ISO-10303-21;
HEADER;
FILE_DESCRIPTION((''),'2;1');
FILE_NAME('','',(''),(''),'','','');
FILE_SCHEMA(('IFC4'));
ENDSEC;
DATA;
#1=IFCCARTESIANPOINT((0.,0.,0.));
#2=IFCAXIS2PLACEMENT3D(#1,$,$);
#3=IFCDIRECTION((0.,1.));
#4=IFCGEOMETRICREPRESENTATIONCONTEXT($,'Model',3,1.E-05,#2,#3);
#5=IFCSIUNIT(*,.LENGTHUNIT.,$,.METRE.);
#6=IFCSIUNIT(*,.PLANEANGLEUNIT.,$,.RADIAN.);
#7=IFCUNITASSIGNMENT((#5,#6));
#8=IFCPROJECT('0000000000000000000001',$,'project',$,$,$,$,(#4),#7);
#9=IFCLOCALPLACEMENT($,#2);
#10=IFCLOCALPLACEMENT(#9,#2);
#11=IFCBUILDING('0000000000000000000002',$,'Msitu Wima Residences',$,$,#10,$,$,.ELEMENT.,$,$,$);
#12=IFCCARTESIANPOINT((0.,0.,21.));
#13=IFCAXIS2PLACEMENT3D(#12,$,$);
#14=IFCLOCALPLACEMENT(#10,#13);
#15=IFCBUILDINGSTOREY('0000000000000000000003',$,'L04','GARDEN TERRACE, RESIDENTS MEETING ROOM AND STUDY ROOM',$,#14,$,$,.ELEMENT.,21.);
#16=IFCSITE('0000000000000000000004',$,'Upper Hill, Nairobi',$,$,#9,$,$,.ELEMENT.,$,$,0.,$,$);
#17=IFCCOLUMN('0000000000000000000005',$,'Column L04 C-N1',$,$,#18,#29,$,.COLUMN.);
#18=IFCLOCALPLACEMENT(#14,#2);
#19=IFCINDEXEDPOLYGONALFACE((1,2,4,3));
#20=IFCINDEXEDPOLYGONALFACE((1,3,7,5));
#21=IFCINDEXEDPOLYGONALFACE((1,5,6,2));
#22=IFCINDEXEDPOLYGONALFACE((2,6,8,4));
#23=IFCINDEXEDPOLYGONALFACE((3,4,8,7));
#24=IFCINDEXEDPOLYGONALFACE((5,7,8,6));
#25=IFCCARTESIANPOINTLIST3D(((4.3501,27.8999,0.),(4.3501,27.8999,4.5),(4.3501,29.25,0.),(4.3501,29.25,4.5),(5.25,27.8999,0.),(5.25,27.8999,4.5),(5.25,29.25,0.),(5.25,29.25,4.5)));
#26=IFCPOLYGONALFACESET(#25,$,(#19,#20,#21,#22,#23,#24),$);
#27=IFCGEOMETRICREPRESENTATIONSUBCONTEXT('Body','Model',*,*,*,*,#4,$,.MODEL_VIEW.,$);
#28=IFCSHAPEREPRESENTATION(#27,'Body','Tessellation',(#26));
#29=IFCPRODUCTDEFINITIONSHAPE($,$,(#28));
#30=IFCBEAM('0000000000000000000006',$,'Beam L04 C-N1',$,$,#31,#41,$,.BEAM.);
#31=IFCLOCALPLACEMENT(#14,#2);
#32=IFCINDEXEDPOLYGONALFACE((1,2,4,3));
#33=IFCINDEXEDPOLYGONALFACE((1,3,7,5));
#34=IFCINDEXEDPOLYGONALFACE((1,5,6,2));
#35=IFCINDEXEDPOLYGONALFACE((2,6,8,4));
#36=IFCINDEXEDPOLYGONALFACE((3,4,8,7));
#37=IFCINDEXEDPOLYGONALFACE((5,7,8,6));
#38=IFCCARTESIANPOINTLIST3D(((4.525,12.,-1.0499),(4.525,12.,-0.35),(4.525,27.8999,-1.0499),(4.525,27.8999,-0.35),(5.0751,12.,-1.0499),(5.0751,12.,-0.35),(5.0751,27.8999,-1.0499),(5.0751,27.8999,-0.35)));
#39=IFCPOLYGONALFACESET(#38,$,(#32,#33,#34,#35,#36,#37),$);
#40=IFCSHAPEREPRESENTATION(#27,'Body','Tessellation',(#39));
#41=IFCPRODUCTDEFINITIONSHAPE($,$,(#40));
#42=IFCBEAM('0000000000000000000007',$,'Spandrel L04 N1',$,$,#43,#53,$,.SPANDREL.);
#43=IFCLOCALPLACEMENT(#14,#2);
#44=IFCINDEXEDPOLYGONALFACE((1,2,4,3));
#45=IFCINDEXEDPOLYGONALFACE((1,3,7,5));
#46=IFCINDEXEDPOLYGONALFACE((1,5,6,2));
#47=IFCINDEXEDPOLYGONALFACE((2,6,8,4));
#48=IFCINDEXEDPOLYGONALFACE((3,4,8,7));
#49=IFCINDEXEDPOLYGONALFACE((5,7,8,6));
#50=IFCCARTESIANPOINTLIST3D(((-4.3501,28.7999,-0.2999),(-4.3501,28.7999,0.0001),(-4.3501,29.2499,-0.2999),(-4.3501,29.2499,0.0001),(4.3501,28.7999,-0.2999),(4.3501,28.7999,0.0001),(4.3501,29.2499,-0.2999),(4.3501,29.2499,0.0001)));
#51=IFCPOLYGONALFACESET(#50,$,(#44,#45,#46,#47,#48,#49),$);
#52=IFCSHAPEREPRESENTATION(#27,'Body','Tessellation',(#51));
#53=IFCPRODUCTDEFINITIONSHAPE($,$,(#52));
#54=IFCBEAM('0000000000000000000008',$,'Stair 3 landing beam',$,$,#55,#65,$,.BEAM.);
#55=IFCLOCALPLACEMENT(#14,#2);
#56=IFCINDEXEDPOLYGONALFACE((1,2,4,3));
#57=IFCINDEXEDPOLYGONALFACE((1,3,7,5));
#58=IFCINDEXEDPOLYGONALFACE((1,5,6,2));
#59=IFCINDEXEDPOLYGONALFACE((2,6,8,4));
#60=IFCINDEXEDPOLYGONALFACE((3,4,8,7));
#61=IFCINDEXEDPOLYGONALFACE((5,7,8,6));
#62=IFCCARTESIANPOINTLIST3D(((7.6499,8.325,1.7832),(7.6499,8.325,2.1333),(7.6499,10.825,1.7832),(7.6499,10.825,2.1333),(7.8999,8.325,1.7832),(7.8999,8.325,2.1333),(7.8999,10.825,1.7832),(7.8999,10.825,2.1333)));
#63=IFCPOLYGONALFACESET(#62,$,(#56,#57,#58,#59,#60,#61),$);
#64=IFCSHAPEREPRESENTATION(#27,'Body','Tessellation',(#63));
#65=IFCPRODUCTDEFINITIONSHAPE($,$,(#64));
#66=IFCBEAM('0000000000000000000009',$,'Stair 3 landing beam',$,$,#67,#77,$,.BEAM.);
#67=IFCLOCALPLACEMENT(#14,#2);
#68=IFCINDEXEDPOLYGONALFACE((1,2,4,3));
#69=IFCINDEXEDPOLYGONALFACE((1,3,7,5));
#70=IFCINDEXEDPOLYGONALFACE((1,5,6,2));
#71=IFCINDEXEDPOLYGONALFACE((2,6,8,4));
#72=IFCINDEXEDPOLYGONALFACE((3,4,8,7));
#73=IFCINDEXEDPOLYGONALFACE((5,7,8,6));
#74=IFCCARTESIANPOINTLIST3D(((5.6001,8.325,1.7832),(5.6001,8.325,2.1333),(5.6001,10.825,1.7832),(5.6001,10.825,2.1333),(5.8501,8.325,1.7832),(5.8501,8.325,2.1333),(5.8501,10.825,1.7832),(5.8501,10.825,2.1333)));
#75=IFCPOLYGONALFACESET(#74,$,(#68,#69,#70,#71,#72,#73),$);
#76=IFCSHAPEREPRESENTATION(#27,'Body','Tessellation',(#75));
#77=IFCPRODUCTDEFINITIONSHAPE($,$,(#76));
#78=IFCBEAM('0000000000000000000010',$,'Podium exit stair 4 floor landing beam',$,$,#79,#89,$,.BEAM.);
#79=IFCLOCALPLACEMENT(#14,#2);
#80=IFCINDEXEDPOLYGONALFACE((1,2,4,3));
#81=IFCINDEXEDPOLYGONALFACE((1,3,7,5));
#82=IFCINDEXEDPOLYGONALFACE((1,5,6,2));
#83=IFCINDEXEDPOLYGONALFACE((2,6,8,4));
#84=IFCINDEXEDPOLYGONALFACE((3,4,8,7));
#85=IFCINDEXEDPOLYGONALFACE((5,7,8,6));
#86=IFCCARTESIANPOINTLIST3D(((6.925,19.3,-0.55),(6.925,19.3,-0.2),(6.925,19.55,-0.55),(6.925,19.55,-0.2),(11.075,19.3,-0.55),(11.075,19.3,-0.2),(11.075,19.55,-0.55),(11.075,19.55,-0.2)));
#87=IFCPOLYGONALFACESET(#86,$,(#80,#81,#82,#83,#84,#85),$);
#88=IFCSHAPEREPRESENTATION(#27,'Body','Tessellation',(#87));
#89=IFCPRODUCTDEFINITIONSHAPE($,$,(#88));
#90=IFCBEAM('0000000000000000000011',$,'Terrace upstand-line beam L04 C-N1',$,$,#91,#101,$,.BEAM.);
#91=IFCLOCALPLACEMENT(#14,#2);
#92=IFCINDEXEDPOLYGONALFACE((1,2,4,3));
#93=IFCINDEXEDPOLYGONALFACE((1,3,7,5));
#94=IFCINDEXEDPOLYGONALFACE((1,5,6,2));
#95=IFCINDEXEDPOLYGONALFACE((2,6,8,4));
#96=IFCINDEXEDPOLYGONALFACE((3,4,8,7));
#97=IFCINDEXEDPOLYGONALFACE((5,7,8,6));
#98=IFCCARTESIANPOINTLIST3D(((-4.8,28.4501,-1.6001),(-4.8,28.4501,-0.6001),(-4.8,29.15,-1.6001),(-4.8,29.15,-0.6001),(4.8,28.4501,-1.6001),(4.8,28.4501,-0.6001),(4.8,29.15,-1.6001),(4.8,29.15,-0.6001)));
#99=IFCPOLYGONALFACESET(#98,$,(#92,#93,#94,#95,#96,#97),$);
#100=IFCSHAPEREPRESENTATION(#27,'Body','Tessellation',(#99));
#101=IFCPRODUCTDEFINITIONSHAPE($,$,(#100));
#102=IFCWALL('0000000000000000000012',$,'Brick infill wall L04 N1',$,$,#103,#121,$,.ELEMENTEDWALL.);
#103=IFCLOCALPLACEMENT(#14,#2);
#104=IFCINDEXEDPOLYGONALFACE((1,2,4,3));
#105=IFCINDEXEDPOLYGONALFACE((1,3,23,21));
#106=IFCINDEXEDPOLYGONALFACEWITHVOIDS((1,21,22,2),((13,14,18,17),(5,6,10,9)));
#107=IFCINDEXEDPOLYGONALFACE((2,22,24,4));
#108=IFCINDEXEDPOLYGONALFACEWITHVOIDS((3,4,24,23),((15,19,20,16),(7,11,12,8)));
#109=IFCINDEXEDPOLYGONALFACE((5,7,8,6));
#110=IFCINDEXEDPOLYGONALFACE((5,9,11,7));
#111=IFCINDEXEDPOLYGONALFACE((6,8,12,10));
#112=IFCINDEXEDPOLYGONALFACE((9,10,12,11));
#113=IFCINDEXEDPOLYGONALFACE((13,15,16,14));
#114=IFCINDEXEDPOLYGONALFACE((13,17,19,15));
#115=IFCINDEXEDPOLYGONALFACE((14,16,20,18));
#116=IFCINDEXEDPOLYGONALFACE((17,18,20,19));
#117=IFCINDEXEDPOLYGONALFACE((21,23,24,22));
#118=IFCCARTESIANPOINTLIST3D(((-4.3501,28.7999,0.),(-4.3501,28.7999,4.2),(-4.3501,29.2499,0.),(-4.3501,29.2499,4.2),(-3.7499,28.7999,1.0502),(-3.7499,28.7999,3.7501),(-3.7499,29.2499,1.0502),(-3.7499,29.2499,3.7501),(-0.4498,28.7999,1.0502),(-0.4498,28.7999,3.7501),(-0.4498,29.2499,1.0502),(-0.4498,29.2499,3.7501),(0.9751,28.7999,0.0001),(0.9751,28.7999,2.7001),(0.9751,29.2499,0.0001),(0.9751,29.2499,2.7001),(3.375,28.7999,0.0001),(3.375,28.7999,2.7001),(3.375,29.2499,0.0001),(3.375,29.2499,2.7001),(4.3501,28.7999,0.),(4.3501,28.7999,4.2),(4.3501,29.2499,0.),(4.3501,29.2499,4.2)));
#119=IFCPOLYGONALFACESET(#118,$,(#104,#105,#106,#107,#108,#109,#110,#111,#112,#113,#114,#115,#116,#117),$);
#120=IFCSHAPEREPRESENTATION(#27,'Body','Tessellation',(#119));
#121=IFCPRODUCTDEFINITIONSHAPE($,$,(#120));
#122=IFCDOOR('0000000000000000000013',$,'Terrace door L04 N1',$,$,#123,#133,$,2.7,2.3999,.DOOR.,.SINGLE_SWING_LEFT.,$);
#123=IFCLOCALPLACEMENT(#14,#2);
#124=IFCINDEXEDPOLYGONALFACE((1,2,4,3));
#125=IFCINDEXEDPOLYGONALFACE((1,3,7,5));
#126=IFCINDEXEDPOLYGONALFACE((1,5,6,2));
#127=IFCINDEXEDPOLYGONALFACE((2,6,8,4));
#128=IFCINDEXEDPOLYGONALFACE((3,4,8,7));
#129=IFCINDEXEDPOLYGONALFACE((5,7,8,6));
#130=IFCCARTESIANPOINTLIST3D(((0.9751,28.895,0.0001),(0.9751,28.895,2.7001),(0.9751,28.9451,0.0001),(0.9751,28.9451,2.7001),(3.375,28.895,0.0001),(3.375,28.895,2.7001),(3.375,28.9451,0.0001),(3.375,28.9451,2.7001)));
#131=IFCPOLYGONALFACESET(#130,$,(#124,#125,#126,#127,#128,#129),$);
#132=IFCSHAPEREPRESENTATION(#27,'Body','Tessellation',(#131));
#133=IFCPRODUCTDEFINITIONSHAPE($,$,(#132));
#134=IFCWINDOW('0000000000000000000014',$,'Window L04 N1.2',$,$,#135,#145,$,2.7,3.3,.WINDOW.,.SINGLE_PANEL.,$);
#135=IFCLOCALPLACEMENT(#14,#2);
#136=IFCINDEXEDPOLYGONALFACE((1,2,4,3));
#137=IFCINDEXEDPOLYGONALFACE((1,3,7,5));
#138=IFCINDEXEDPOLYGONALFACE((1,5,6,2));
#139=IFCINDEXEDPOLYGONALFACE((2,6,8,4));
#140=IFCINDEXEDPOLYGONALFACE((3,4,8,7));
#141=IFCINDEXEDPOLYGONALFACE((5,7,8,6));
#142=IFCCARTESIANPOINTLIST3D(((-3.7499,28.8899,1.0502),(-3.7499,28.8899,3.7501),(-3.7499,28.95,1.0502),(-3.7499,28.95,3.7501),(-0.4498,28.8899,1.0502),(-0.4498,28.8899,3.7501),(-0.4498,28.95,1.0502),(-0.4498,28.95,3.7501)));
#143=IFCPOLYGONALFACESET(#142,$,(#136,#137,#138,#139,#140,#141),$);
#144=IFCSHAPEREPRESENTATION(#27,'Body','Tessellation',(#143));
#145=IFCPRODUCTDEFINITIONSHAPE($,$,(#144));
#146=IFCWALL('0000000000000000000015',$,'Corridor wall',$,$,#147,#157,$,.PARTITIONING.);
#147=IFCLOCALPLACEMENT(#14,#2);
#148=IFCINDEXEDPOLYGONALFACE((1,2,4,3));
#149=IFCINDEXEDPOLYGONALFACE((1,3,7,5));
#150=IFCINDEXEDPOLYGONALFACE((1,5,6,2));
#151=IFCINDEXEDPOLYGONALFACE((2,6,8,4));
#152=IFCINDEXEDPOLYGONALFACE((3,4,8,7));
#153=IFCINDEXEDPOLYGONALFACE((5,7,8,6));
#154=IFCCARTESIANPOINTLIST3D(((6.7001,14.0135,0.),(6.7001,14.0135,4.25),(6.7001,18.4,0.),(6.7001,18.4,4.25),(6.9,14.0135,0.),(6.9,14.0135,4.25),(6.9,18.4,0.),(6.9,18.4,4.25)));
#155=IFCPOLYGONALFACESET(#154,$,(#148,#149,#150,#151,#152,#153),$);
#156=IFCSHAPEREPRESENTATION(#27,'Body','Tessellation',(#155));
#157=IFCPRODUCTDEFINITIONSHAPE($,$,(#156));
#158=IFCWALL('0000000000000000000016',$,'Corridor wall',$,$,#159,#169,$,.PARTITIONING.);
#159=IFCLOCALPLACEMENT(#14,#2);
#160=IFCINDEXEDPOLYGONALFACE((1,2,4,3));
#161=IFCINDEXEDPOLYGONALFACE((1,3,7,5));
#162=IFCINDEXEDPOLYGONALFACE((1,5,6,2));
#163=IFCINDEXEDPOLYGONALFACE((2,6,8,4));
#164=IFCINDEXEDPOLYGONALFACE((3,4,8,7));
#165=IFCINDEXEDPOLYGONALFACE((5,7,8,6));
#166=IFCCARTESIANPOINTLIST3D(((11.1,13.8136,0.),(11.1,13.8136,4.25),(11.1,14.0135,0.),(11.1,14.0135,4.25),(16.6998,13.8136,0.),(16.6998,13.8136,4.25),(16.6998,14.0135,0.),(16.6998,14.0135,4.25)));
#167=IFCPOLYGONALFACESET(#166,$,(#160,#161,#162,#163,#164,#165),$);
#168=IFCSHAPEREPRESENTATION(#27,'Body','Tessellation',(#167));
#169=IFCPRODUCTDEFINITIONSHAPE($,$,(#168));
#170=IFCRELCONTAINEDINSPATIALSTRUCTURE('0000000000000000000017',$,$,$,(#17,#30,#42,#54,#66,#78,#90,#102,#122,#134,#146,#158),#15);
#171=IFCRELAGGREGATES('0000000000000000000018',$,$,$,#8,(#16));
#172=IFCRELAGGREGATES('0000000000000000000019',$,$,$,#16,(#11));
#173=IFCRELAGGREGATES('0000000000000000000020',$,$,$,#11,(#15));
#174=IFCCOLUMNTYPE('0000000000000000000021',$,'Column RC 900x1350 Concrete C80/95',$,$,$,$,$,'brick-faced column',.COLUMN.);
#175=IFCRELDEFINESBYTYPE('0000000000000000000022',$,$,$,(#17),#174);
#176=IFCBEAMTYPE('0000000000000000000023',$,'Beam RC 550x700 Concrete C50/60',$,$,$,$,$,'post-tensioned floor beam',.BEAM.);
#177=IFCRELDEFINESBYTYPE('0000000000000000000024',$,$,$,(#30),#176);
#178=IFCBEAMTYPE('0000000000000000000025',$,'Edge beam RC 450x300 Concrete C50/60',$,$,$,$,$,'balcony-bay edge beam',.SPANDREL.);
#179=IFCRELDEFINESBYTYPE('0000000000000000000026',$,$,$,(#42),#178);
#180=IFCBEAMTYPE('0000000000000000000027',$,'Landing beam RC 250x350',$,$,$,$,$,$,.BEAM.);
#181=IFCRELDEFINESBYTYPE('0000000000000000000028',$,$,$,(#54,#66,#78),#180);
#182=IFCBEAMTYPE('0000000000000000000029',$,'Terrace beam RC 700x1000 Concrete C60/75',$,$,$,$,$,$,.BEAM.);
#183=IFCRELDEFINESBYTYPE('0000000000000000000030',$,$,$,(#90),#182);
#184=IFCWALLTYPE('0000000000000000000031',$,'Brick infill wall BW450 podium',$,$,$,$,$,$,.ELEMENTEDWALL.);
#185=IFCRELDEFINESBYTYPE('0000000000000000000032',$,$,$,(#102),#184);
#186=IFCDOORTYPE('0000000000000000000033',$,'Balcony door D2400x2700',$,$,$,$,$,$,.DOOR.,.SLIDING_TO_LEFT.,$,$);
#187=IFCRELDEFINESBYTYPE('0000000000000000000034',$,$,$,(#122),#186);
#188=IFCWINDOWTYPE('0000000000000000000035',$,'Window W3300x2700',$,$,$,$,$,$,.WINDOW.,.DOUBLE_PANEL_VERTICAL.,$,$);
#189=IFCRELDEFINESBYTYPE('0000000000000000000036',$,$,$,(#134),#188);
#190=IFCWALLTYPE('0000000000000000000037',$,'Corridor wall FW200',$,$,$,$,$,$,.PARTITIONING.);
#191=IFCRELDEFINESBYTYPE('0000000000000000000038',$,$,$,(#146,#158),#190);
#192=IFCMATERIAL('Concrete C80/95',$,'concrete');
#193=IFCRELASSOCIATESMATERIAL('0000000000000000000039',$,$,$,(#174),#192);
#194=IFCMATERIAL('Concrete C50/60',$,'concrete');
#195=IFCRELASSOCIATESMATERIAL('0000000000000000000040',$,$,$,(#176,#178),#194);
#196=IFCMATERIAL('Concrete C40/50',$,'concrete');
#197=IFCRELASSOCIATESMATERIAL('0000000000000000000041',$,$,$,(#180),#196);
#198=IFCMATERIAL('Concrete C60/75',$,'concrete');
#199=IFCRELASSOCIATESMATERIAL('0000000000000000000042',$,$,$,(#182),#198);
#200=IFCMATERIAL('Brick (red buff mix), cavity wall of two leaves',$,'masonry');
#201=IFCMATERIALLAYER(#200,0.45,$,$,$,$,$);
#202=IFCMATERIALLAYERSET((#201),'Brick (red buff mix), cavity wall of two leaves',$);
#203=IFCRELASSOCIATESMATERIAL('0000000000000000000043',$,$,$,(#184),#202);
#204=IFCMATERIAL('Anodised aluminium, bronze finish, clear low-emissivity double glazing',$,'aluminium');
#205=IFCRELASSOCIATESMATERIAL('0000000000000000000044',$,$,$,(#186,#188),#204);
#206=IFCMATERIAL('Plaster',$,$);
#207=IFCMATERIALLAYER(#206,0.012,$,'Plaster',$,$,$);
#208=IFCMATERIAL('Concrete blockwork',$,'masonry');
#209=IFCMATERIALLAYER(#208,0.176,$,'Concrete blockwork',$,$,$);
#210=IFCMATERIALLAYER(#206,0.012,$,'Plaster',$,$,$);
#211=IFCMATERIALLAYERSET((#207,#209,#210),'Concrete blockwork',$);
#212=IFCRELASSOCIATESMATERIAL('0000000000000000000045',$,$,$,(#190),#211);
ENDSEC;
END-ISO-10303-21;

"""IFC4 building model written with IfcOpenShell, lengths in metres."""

from ifc_helpers import new_model, si_unit, direction, frame, frame_2d, origin, origin_2d, place, context, subcontext, project, spatial, rectangle, extrude, material, layer, layer_set, material_profile, profile_set, type_object, element, fill, save


model = new_model("IFC4")

# Units and contexts
model_context = context("Model", 3, precision=1e-05, world=origin(), true_north=direction((0.0, 1.0)))
body_context = subcontext(model_context, "Body", "Model", "MODEL_VIEW")
ifc_project = project(units=[si_unit("LENGTHUNIT", "METRE"), si_unit("PLANEANGLEUNIT", "RADIAN")], contexts=[model_context])

# Site, building, storey
site_placement = place(None, origin())
site = spatial("IfcSite", under=ifc_project, at=site_placement, Name="Upper Hill, Nairobi", CompositionType="ELEMENT", RefElevation=0.0)
building_placement = place(site_placement, origin())
building = spatial("IfcBuilding", under=site, at=building_placement, Name="Msitu Wima Residences", CompositionType="ELEMENT")
storey_placement = place(building_placement, frame((0.0, 0.0, 21.0)))
storey = spatial("IfcBuildingStorey", under=building, at=storey_placement, Name="L04", Description="GARDEN TERRACE, RESIDENTS MEETING ROOM AND STUDY ROOM", CompositionType="ELEMENT", Elevation=21.0)

# Column
ifc_material_1 = material(Name="Concrete C80/95", Category="concrete")
ifc_material_profile_1 = material_profile(ifc_material_1, rectangle(XDim=0.8999, YDim=1.3501, at=origin_2d()), Name="RC 900x1350")
ifc_profile_set_1 = profile_set([ifc_material_profile_1], Name="Concrete C80/95")
column_type = type_object("IfcColumnType", Name="Column RC 900x1350 Concrete C80/95", ElementType="brick-faced column", PredefinedType="COLUMN", material=ifc_profile_set_1)
column_placement = place(storey_placement, frame((4.8, 28.575, 0.0), z_axis=(0.0, 0.0, 1.0), x_axis=(-1.0, 0.0, 0.0)))
element("IfcColumn", 1, at=column_placement, inside=storey, type_object=column_type, Name="Column L04 C-N1", PredefinedType="COLUMN", context=body_context, shape_type="SweptSolid", body=[
    extrude(rectangle(XDim=0.8999, YDim=1.3501, at=origin_2d()), origin(), (0.0, 0.0, 1.0), 4.5),
])

# Beams
ifc_material_2 = material(Name="Concrete C50/60", Category="concrete")
ifc_material_profile_2 = material_profile(ifc_material_2, rectangle(XDim=0.55, YDim=0.7, at=origin_2d()), Name="RC 550x700")
ifc_profile_set_2 = profile_set([ifc_material_profile_2], Name="Concrete C50/60")
beam_type_1 = type_object("IfcBeamType", Name="Beam RC 550x700 Concrete C50/60", ElementType="post-tensioned floor beam", PredefinedType="BEAM", material=ifc_profile_set_2)
beam_1_placement = place(storey_placement, frame((4.8, 27.8999, -0.7), z_axis=(0.0, -1.0, 0.0), x_axis=(1.0, 0.0, 0.0)))
element("IfcBeam", 2, at=beam_1_placement, inside=storey, type_object=beam_type_1, Name="Beam L04 C-N1", PredefinedType="BEAM", context=body_context, shape_type="SweptSolid", body=[
    extrude(rectangle(XDim=0.55, YDim=0.7, at=origin_2d()), origin(), (0.0, 0.0, 1.0), 15.8999),
])
ifc_material_profile_3 = material_profile(ifc_material_2, rectangle(XDim=0.45, YDim=0.3, at=origin_2d()), Name="RC 450x300")
ifc_profile_set_3 = profile_set([ifc_material_profile_3], Name="Concrete C50/60")
beam_type_2 = type_object("IfcBeamType", Name="Edge beam RC 450x300 Concrete C50/60", ElementType="balcony-bay edge beam", PredefinedType="SPANDREL", material=ifc_profile_set_3)
beam_2_placement = place(storey_placement, frame((4.3501, 29.0249, -0.1499), z_axis=(-1.0, 0.0, 0.0), x_axis=(0.0, -1.0, 0.0)))
element("IfcBeam", 3, at=beam_2_placement, inside=storey, type_object=beam_type_2, Name="Spandrel L04 N1", PredefinedType="SPANDREL", context=body_context, shape_type="SweptSolid", body=[
    extrude(rectangle(XDim=0.45, YDim=0.3, at=origin_2d()), origin(), (0.0, 0.0, 1.0), 8.7002),
])
ifc_material_3 = material(Name="Concrete C40/50", Category="concrete")
ifc_material_profile_4 = material_profile(ifc_material_3, rectangle(XDim=0.25, YDim=0.3501, at=origin_2d()), Name="RC 250x350")
ifc_profile_set_4 = profile_set([ifc_material_profile_4], Name="Concrete C40/50")
beam_type_3 = type_object("IfcBeamType", Name="Landing beam RC 250x350", PredefinedType="BEAM", material=ifc_profile_set_4)
for number, where, z_axis, x_axis, name in (
    (4, (7.7749, 8.325, 1.9583), (0.0, 1.0, 0.0), (-1.0, 0.0, 0.0), "Stair 3 landing beam"),
    (5, (5.7251, 8.325, 1.9583), (0.0, 1.0, 0.0), (-1.0, 0.0, 0.0), "Stair 3 landing beam"),
):
    element("IfcBeam", number, at=place(storey_placement, frame(where, z_axis=z_axis, x_axis=x_axis)), inside=storey, type_object=beam_type_3, Name=name, PredefinedType="BEAM", context=body_context, shape_type="SweptSolid", body=[
        extrude(rectangle(XDim=0.25, YDim=0.3501, at=origin_2d()), origin(), (0.0, 0.0, 1.0), 2.5),
    ])
beam_3_placement = place(storey_placement, frame((6.925, 19.425, -0.375), z_axis=(1.0, 0.0, 0.0), x_axis=(0.0, 1.0, 0.0)))
element("IfcBeam", 6, at=beam_3_placement, inside=storey, type_object=beam_type_3, Name="Podium exit stair 4 floor landing beam", PredefinedType="BEAM", context=body_context, shape_type="SweptSolid", body=[
    extrude(rectangle(XDim=0.25, YDim=0.3501, at=origin_2d()), origin(), (0.0, 0.0, 1.0), 4.1499),
])
ifc_material_4 = material(Name="Concrete C60/75", Category="concrete")
ifc_material_profile_5 = material_profile(ifc_material_4, rectangle(XDim=0.7, YDim=1.0, at=origin_2d()), Name="RC 700x1000")
ifc_profile_set_5 = profile_set([ifc_material_profile_5], Name="Concrete C60/75")
beam_type_4 = type_object("IfcBeamType", Name="Terrace beam RC 700x1000 Concrete C60/75", PredefinedType="BEAM", material=ifc_profile_set_5)
beam_4_placement = place(storey_placement, frame((4.8, 28.8, -1.1001), z_axis=(-1.0, 0.0, 0.0), x_axis=(0.0, -1.0, 0.0)))
element("IfcBeam", 7, at=beam_4_placement, inside=storey, type_object=beam_type_4, Name="Terrace upstand-line beam L04 C-N1", PredefinedType="BEAM", context=body_context, shape_type="SweptSolid", body=[
    extrude(rectangle(XDim=0.7, YDim=1.0, at=origin_2d()), origin(), (0.0, 0.0, 1.0), 9.6001),
])

# Wall, openings, door, window
ifc_material_5 = material(Name="Brick (red buff mix), cavity wall of two leaves", Category="masonry")
ifc_layer_1 = layer(ifc_material_5, 0.45)
ifc_layer_set_1 = layer_set([ifc_layer_1], Name="Brick (red buff mix), cavity wall of two leaves")
wall_type_1 = type_object("IfcWallType", Name="Brick infill wall BW450 podium", PredefinedType="ELEMENTEDWALL", material=ifc_layer_set_1)
wall_1_placement = place(storey_placement, frame((4.3501, 29.0249, 0.0), z_axis=(0.0, 0.0, 1.0), x_axis=(-1.0, 0.0, 0.0)))
wall_1 = element("IfcWall", 8, at=wall_1_placement, inside=storey, type_object=wall_type_1, Name="Brick infill wall L04 N1", PredefinedType="ELEMENTEDWALL", context=body_context, shape_type="SweptSolid", body=[
    extrude(rectangle(XDim=8.7002, YDim=0.45, at=frame_2d((4.3501, 0.0))), origin(), (0.0, 0.0, 1.0), 4.2),
])
opening_1_placement = place(wall_1_placement, frame((0.9751, 0.0, 0.0)))
opening_1 = element("IfcOpeningElement", 9, at=opening_1_placement, cuts=wall_1, PredefinedType="OPENING", context=body_context, shape_type="SweptSolid", body=[
    extrude(rectangle(XDim=2.3999, YDim=2.7, at=frame_2d((1.2, 1.3501))), frame((0.0, 0.2349, 0.0), z_axis=(0.0, -1.0, 0.0), x_axis=(1.0, 0.0, 0.0)), (0.0, 0.0, 1.0), 0.47),
])
opening_2_placement = place(wall_1_placement, frame((4.8, 0.0, 1.05)))
opening_2 = element("IfcOpeningElement", 10, at=opening_2_placement, cuts=wall_1, PredefinedType="OPENING", context=body_context, shape_type="SweptSolid", body=[
    extrude(rectangle(XDim=3.3, YDim=2.7, at=frame_2d((1.6499, 1.3501))), frame((0.0, 0.2349, 0.0), z_axis=(0.0, -1.0, 0.0), x_axis=(1.0, 0.0, 0.0)), (0.0, 0.0, 1.0), 0.47),
])
ifc_material_6 = material(Name="Anodised aluminium, bronze finish, clear low-emissivity double glazing", Category="aluminium")
door_type_1 = type_object("IfcDoorType", Name="Balcony door D2400x2700", OperationType="SLIDING_TO_LEFT", PredefinedType="DOOR", material=ifc_material_6)
door_1_placement = place(opening_1_placement, origin())
door_1 = element("IfcDoor", 11, at=door_1_placement, inside=storey, type_object=door_type_1, Name="Terrace door L04 N1", OperationType="SINGLE_SWING_LEFT", OverallHeight=2.7, OverallWidth=2.3999, PredefinedType="DOOR", context=body_context, shape_type="SweptSolid", body=[
    extrude(rectangle(XDim=2.3999, YDim=2.7, at=frame_2d((1.2, 1.3501))), frame((0.0, 0.1299, 0.0), z_axis=(0.0, -1.0, 0.0), x_axis=(1.0, 0.0, 0.0)), (0.0, 0.0, 1.0), 0.05),
])
fill(opening_1, door_1)
window_type = type_object("IfcWindowType", Name="Window W3300x2700", PartitioningType="DOUBLE_PANEL_VERTICAL", PredefinedType="WINDOW", material=ifc_material_6)
window_placement = place(opening_2_placement, origin())
window = element("IfcWindow", 12, at=window_placement, inside=storey, type_object=window_type, Name="Window L04 N1.2", OverallHeight=2.7, OverallWidth=3.3, PartitioningType="SINGLE_PANEL", PredefinedType="WINDOW", context=body_context, shape_type="SweptSolid", body=[
    extrude(rectangle(XDim=3.3, YDim=2.7, at=frame_2d((1.6499, 1.3501))), frame((0.0, 0.135, 0.0), z_axis=(0.0, -1.0, 0.0), x_axis=(1.0, 0.0, 0.0)), (0.0, 0.0, 1.0), 0.0601),
])
fill(opening_2, window)

# Wall
ifc_material_7 = material(Name="Plaster")
ifc_layer_2 = layer(ifc_material_7, 0.012, Name="Plaster")
ifc_material_8 = material(Name="Concrete blockwork", Category="masonry")
ifc_layer_3 = layer(ifc_material_8, 0.176, Name="Concrete blockwork")
ifc_layer_4 = layer(ifc_material_7, 0.012, Name="Plaster")
ifc_layer_set_2 = layer_set([ifc_layer_2, ifc_layer_3, ifc_layer_4], Name="Concrete blockwork")
wall_type_2 = type_object("IfcWallType", Name="Corridor wall FW200", PredefinedType="PARTITIONING", material=ifc_layer_set_2)
wall_2_placement = place(storey_placement, frame((6.8, 14.0134, 0.0), z_axis=(0.0, 0.0, 1.0), x_axis=(0.0, 1.0, 0.0)))
element("IfcWall", 13, at=wall_2_placement, inside=storey, type_object=wall_type_2, Name="Corridor wall", PredefinedType="PARTITIONING", context=body_context, shape_type="SweptSolid", body=[
    extrude(rectangle(XDim=4.3865, YDim=0.2, at=frame_2d((2.1934, 0.0))), origin(), (0.0, 0.0, 1.0), 4.25),
])

# Wall
wall_3_placement = place(storey_placement, frame((11.1001, 13.9136, 0.0), z_axis=(0.0, 0.0, 1.0), x_axis=(1.0, 0.0, 0.0)))
element("IfcWall", 14, at=wall_3_placement, inside=storey, type_object=wall_type_2, Name="Corridor wall", PredefinedType="PARTITIONING", context=body_context, shape_type="SweptSolid", body=[
    extrude(rectangle(XDim=5.5999, YDim=0.2, at=frame_2d((2.7998, 0.0))), origin(), (0.0, 0.0, 1.0), 4.25),
])

save(model, "model.ifc")
